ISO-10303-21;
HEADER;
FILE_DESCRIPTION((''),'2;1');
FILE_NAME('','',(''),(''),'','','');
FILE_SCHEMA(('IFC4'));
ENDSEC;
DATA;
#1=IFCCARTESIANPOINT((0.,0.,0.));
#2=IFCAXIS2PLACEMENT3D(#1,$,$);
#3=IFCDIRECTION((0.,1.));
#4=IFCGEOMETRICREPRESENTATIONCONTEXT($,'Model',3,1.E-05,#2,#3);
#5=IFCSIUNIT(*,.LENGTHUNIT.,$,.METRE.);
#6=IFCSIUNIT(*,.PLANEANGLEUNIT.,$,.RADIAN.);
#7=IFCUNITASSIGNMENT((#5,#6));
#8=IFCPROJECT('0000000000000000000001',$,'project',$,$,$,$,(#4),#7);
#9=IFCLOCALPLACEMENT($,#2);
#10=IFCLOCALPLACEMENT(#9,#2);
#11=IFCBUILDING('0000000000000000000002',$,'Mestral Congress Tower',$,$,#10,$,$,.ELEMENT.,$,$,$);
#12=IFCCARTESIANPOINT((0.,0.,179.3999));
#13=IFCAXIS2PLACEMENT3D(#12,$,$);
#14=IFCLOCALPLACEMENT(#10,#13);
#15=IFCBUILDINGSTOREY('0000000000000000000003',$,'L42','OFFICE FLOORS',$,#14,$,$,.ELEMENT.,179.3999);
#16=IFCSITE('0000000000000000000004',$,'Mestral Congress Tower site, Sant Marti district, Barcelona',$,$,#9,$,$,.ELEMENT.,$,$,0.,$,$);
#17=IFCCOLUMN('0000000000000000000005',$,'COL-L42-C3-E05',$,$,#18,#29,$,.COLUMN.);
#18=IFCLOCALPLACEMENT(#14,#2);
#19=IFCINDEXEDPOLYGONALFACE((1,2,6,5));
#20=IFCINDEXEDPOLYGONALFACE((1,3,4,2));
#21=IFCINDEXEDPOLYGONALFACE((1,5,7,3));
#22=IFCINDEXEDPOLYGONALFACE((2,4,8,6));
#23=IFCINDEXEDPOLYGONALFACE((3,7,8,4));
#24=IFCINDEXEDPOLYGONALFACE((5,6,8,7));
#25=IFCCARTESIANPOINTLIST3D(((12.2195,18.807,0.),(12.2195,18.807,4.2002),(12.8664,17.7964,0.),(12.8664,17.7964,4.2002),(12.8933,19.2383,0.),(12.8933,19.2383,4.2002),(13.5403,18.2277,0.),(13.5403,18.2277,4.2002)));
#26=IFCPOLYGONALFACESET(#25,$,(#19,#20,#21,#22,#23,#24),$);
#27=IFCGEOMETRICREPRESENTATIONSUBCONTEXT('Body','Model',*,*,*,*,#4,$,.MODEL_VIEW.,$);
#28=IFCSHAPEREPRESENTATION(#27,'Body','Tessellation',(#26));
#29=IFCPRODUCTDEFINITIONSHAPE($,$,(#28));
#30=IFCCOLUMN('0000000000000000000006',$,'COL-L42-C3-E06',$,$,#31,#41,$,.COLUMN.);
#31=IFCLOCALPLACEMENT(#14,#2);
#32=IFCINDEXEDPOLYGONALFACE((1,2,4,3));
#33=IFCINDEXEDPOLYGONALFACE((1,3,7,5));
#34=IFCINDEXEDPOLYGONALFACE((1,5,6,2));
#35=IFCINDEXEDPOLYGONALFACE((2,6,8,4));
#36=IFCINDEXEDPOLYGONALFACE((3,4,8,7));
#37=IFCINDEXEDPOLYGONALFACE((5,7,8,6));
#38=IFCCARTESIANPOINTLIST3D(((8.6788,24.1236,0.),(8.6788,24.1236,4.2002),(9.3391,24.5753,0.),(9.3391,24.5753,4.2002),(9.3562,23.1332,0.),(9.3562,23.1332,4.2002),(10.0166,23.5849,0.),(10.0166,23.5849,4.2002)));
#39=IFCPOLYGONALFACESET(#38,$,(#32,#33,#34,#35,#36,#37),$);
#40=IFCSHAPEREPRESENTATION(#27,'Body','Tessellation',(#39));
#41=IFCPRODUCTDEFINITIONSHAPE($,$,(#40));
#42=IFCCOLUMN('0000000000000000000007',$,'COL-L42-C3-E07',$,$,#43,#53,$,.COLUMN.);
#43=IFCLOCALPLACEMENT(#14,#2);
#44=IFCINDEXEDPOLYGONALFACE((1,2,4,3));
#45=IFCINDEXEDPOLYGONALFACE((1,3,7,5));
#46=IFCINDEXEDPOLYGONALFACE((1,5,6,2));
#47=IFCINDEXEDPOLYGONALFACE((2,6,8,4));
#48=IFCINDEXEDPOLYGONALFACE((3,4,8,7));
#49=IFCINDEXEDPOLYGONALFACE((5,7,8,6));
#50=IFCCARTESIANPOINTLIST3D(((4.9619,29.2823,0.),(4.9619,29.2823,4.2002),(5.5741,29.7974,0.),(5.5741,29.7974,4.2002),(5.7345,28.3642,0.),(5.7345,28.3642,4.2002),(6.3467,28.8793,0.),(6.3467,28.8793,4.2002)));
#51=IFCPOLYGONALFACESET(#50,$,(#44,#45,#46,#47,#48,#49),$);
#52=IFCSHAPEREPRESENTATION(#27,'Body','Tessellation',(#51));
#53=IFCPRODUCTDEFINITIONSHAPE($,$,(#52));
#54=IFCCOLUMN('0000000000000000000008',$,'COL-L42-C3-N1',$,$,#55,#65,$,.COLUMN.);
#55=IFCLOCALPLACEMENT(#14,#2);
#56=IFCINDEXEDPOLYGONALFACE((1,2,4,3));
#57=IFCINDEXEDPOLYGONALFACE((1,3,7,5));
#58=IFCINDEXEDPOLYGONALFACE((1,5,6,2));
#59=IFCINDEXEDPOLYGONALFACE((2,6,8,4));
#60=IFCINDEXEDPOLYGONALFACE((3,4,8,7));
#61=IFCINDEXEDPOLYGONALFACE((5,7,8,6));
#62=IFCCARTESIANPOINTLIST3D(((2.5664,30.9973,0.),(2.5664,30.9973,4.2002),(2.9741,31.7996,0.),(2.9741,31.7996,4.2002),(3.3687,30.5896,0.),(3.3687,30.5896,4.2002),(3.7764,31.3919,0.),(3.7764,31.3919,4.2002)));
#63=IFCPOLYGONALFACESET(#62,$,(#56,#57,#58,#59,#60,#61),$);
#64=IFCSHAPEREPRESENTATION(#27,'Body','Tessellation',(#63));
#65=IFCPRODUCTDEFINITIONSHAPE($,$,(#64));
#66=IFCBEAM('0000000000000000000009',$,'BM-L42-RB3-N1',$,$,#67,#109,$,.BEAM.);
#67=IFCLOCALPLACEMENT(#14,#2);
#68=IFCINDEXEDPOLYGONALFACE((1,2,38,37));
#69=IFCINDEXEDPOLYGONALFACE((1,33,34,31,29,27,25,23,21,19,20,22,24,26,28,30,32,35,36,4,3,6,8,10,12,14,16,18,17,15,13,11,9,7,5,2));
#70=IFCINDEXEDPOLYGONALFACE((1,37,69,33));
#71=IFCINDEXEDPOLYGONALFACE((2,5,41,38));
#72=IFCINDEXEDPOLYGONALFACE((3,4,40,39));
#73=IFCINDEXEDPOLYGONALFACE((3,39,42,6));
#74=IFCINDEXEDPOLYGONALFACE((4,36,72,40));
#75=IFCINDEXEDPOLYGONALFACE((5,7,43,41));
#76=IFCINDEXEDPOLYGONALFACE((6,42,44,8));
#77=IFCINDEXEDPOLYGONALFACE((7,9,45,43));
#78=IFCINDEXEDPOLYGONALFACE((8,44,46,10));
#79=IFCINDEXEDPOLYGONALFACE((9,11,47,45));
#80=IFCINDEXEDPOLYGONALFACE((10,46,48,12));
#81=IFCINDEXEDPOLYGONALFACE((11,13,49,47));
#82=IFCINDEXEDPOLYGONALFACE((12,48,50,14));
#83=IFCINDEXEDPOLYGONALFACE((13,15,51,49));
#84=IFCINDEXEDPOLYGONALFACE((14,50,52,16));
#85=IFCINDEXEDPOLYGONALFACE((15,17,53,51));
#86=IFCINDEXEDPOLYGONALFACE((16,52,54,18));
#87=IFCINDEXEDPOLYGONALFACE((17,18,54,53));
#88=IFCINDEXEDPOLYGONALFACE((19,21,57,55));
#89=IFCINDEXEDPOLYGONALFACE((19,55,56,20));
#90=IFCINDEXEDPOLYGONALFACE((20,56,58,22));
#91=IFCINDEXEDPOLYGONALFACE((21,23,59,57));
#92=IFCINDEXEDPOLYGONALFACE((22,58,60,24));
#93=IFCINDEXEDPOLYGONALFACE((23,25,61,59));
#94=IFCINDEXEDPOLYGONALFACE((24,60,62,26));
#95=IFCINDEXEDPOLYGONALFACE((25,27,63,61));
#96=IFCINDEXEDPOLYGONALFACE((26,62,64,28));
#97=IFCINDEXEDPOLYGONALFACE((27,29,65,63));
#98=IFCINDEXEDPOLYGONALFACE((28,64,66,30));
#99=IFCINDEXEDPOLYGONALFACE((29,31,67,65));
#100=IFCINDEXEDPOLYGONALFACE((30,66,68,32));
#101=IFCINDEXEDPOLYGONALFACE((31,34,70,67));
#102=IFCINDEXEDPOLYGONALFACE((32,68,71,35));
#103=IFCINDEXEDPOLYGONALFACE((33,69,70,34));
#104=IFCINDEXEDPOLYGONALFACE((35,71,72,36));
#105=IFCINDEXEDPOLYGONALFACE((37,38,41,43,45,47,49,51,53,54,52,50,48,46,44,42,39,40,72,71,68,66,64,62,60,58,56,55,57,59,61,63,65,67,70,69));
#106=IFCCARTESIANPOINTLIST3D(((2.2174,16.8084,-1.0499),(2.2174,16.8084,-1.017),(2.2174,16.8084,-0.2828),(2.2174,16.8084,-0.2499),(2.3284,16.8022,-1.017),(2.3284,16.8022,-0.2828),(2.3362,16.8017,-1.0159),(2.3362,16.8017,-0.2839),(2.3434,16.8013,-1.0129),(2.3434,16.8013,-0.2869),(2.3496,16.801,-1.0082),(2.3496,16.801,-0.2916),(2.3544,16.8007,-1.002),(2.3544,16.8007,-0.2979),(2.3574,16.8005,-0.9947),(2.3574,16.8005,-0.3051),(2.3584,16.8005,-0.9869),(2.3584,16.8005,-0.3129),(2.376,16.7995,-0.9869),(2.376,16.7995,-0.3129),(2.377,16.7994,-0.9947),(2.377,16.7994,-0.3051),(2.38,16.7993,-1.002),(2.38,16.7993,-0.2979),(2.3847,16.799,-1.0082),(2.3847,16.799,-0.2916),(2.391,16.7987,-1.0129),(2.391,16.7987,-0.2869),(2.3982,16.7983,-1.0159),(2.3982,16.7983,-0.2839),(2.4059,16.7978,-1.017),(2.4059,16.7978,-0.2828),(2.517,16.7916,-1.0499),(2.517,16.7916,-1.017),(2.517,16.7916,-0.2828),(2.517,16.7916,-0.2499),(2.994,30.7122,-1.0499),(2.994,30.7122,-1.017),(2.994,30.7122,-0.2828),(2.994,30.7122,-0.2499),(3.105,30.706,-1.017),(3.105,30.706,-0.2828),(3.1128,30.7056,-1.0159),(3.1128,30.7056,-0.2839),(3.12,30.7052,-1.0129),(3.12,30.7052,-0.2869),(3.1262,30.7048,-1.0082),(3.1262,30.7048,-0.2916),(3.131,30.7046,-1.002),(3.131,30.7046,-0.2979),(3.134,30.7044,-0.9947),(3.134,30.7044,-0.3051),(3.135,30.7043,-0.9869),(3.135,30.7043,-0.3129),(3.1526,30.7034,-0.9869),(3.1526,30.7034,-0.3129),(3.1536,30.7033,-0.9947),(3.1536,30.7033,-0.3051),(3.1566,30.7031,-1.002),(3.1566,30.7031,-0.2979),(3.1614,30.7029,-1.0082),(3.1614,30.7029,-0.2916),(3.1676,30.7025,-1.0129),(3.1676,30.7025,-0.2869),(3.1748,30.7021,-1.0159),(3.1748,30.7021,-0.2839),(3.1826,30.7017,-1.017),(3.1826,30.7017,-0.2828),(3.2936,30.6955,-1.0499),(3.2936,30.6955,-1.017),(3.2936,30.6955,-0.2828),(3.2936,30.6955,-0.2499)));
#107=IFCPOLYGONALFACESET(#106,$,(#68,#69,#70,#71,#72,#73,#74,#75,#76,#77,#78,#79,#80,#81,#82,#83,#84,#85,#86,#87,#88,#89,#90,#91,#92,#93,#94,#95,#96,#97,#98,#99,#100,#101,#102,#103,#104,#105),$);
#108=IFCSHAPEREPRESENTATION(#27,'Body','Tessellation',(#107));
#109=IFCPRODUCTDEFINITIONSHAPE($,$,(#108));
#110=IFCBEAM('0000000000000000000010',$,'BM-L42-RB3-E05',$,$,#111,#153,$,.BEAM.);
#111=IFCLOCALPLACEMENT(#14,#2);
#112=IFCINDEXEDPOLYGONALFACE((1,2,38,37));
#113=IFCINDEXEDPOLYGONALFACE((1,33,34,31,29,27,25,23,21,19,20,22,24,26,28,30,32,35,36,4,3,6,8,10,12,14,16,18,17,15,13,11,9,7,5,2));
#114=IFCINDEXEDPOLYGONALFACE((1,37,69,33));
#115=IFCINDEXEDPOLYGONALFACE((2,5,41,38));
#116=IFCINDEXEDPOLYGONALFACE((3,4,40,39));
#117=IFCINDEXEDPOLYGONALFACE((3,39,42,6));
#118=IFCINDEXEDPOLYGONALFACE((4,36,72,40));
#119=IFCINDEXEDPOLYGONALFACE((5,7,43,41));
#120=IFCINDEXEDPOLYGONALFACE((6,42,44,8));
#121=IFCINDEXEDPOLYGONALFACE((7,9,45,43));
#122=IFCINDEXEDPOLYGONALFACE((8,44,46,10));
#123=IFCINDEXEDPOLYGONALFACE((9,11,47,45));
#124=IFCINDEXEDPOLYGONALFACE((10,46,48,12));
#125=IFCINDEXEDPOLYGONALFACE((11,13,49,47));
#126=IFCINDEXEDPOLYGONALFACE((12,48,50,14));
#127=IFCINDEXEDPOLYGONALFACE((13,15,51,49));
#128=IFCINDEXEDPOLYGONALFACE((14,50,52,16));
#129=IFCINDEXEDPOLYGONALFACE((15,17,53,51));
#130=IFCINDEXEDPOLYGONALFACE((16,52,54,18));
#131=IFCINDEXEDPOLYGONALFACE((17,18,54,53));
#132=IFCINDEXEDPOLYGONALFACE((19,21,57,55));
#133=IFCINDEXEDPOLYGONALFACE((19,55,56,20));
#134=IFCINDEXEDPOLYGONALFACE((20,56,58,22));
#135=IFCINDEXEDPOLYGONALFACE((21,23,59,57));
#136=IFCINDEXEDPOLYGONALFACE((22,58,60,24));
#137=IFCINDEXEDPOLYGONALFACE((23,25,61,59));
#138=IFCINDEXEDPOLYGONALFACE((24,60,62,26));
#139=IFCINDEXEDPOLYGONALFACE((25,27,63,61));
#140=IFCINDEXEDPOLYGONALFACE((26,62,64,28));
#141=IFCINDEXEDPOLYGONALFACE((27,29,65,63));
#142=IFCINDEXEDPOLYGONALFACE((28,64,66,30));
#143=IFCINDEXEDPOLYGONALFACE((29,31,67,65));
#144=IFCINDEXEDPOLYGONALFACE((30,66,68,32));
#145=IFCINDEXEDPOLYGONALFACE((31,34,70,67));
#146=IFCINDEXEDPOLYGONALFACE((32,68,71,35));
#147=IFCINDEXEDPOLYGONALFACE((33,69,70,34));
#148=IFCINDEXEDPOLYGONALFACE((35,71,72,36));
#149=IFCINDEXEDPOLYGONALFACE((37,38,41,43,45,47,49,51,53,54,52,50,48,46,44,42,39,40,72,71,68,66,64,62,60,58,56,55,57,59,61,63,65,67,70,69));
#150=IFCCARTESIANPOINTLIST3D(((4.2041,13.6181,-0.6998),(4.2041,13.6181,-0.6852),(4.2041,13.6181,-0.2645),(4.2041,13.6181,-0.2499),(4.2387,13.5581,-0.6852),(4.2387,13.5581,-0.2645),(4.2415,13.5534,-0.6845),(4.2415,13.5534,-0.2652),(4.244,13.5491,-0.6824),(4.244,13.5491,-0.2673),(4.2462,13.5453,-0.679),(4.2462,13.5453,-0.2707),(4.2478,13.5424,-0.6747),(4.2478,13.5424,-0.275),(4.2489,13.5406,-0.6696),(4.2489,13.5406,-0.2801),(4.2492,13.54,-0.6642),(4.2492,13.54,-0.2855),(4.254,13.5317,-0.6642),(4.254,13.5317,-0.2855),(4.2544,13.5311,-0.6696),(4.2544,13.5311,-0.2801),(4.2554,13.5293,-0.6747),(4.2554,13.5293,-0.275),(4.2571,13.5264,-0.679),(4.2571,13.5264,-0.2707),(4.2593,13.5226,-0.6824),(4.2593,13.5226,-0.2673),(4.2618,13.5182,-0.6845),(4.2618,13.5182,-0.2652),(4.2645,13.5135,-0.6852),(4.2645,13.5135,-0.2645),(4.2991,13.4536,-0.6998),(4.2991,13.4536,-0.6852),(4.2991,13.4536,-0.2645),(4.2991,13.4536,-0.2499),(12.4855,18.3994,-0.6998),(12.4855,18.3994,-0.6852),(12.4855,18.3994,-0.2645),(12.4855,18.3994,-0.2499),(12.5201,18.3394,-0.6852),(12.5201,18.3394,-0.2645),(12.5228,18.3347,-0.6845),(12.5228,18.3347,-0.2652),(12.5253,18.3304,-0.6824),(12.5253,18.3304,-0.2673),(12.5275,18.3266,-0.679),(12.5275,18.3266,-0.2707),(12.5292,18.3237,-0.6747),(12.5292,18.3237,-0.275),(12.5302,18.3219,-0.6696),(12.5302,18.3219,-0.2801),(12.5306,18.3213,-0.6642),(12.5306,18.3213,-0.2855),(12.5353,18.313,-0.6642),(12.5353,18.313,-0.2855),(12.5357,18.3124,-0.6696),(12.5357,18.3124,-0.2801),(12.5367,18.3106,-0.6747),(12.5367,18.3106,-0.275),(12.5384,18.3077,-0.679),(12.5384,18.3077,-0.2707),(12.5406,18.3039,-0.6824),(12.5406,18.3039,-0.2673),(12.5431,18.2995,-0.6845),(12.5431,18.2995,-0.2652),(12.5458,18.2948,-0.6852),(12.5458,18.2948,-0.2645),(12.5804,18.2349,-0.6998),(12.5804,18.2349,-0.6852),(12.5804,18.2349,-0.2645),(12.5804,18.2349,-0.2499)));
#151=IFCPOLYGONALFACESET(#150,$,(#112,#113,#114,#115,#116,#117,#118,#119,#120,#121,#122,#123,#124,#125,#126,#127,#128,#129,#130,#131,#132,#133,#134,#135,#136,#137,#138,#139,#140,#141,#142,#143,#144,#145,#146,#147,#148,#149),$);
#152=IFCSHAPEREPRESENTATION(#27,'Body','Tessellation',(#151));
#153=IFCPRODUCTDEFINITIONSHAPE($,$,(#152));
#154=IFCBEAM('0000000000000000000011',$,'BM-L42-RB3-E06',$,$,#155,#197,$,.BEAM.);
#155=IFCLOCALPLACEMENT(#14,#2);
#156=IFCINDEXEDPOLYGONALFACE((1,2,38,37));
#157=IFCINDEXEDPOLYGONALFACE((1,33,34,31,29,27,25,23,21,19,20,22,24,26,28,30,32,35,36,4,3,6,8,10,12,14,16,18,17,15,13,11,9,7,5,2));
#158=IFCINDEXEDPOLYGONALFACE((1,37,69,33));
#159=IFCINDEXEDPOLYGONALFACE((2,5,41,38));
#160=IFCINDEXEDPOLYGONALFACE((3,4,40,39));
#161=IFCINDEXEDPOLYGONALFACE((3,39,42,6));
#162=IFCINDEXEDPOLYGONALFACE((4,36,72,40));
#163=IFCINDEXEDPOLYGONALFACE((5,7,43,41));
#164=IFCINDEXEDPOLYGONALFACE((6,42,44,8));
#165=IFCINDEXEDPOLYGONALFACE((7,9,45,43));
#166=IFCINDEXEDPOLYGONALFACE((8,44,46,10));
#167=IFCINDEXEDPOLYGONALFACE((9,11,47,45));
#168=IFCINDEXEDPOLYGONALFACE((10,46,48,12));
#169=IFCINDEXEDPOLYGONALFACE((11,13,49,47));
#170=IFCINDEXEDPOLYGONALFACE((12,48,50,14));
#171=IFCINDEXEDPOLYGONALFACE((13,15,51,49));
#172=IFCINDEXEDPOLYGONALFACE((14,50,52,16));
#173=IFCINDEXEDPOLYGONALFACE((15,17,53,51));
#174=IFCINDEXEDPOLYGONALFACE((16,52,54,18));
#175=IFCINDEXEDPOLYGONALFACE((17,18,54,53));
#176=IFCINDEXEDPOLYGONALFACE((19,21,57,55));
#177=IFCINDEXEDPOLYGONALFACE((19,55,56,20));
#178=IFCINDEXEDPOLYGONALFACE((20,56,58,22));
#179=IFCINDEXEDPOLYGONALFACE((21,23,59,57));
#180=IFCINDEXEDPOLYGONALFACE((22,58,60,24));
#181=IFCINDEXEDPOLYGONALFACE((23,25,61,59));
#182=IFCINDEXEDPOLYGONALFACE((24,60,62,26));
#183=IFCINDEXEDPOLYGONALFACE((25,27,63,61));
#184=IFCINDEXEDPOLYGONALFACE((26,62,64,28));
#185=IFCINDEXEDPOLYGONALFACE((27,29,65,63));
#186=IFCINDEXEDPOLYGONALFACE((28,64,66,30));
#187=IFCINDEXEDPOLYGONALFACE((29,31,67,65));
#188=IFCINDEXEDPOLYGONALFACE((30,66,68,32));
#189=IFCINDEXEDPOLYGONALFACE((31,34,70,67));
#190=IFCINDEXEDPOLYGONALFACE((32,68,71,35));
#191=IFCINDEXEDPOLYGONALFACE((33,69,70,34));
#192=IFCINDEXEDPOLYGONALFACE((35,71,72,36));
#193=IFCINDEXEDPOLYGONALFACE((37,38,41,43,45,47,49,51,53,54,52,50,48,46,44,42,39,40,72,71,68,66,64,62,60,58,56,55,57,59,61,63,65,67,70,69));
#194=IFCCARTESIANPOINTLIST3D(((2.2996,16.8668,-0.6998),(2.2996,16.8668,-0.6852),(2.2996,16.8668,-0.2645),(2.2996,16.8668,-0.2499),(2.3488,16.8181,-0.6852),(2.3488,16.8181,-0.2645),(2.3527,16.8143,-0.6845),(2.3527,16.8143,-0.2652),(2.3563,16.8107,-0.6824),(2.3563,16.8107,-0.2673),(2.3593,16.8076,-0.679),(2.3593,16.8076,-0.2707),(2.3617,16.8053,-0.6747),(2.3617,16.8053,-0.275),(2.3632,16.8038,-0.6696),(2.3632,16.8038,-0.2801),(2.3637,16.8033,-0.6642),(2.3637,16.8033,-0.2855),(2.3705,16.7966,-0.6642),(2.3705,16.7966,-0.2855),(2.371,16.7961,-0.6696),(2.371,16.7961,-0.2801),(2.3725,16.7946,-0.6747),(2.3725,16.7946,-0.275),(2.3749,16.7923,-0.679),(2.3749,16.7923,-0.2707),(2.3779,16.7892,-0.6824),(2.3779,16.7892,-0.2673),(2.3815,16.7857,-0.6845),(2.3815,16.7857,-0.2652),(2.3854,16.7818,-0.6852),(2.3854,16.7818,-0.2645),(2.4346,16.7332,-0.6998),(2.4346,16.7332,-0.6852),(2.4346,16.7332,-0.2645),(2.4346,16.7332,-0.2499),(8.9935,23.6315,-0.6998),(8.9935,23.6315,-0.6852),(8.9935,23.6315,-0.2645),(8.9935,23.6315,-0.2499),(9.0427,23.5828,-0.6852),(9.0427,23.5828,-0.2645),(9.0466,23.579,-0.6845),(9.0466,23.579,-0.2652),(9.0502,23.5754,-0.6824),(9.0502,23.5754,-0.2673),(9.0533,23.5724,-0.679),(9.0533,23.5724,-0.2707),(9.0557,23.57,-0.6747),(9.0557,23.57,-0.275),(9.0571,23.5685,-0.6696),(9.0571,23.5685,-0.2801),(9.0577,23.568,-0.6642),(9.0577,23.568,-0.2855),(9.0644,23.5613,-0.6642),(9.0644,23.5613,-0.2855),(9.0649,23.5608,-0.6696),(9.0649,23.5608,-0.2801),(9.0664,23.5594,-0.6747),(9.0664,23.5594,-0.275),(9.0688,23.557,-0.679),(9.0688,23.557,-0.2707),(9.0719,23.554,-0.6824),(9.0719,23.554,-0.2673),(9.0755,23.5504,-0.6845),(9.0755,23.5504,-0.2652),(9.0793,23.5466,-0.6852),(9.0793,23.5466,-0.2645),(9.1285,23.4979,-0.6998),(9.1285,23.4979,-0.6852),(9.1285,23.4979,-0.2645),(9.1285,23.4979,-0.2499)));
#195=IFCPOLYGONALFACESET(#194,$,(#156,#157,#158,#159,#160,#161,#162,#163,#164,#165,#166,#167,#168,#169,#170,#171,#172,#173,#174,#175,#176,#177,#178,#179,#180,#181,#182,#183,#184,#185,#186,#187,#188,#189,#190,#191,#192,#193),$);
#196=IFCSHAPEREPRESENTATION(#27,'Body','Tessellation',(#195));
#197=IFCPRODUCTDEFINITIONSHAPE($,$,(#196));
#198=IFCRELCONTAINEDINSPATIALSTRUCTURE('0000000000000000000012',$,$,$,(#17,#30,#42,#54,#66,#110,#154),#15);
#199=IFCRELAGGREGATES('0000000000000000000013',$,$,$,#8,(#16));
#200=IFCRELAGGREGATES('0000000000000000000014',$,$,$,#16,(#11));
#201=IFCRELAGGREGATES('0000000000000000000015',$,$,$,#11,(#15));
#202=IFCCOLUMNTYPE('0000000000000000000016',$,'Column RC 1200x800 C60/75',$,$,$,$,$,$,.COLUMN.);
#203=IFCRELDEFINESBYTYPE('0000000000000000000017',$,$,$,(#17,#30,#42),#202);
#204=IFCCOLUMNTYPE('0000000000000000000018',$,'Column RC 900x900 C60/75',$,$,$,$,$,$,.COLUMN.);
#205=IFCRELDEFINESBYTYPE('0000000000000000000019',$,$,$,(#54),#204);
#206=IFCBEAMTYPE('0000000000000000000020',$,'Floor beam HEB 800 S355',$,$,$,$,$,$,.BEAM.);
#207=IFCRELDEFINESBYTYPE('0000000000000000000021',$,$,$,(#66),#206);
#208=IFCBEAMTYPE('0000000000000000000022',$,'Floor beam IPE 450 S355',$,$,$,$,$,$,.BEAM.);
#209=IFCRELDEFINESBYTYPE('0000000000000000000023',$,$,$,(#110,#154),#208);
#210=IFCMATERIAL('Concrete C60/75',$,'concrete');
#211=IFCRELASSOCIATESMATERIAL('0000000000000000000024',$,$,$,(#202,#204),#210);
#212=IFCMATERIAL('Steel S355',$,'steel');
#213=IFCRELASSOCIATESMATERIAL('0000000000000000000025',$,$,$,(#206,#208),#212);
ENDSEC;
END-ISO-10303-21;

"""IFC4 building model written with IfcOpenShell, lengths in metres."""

from ifc_helpers import new_model, si_unit, direction, frame, origin, origin_2d, place, context, subcontext, project, spatial, rectangle, i_section, extrude, material, material_profile, profile_set, type_object, element, save


model = new_model("IFC4")

# Units and contexts
model_context = context("Model", 3, precision=1e-05, world=origin(), true_north=direction((0.0, 1.0)))
body_context = subcontext(model_context, "Body", "Model", "MODEL_VIEW")
ifc_project = project(units=[si_unit("LENGTHUNIT", "METRE"), si_unit("PLANEANGLEUNIT", "RADIAN")], contexts=[model_context])

# Site, building, storey
site_placement = place(None, origin())
site = spatial("IfcSite", under=ifc_project, at=site_placement, Name="Mestral Congress Tower site, Sant Marti district, Barcelona", CompositionType="ELEMENT", RefElevation=0.0)
building_placement = place(site_placement, origin())
building = spatial("IfcBuilding", under=site, at=building_placement, Name="Mestral Congress Tower", CompositionType="ELEMENT")
storey_placement = place(building_placement, frame((0.0, 0.0, 179.3999)))
storey = spatial("IfcBuildingStorey", under=building, at=storey_placement, Name="L42", Description="OFFICE FLOORS", CompositionType="ELEMENT", Elevation=179.3999)

# Columns
ifc_material_1 = material(Name="Concrete C60/75", Category="concrete")
ifc_material_profile_1 = material_profile(ifc_material_1, rectangle(XDim=1.2, YDim=0.8, at=origin_2d()), Name="RC 1200x800")
ifc_profile_set_1 = profile_set([ifc_material_profile_1], Name="Concrete C60/75")
column_type_1 = type_object("IfcColumnType", Name="Column RC 1200x800 C60/75", PredefinedType="COLUMN", material=ifc_profile_set_1)
for number, where, z_axis, x_axis, name in (
    (1, (12.8799, 18.5173, 0.0), (0.0, 0.0, 1.0), (-0.539115, 0.842232, 0.0), "COL-L42-C3-E05"),
    (2, (9.3477, 23.8542, 0.0), (0.0, 0.0, 1.0), (-0.564568, 0.825387, 0.0), "COL-L42-C3-E06"),
    (3, (5.6543, 29.0808, 0.0), (0.0, 0.0, 1.0), (-0.643827, 0.765171, 0.0), "COL-L42-C3-E07"),
):
    element("IfcColumn", number, at=place(storey_placement, frame(where, z_axis=z_axis, x_axis=x_axis)), inside=storey, type_object=column_type_1, Name=name, PredefinedType="COLUMN", context=body_context, shape_type="SweptSolid", body=[
        extrude(rectangle(XDim=1.2, YDim=0.8, at=origin_2d()), origin(), (0.0, 0.0, 1.0), 4.2002),
    ])
ifc_material_profile_2 = material_profile(ifc_material_1, rectangle(XDim=0.8999, YDim=0.8999, at=origin_2d()), Name="RC 900x900")
ifc_profile_set_2 = profile_set([ifc_material_profile_2], Name="Concrete C60/75")
column_type_2 = type_object("IfcColumnType", Name="Column RC 900x900 C60/75", PredefinedType="COLUMN", material=ifc_profile_set_2)
column_placement = place(storey_placement, frame((3.1714, 31.1946, 0.0), z_axis=(0.0, 0.0, 1.0), x_axis=(-0.891486, 0.453048, 0.0)))
element("IfcColumn", 4, at=column_placement, inside=storey, type_object=column_type_2, Name="COL-L42-C3-N1", PredefinedType="COLUMN", context=body_context, shape_type="SweptSolid", body=[
    extrude(rectangle(XDim=0.8999, YDim=0.8999, at=origin_2d()), origin(), (0.0, 0.0, 1.0), 4.2002),
])

# Beams
ifc_material_2 = material(Name="Steel S355", Category="steel")
ifc_material_profile_3 = material_profile(ifc_material_2, i_section(OverallWidth=0.3, OverallDepth=0.8, WebThickness=0.0176, FlangeThickness=0.033, FilletRadius=0.03, at=origin_2d()), Name="HEB 800")
ifc_profile_set_3 = profile_set([ifc_material_profile_3], Name="Steel S355")
beam_type_1 = type_object("IfcBeamType", Name="Floor beam HEB 800 S355", PredefinedType="BEAM", material=ifc_profile_set_3)
beam_1_placement = place(storey_placement, frame((3.1438, 30.7039, -0.6499), z_axis=(-0.055769, -0.998444, 0.0), x_axis=(0.998444, -0.055769, 0.0)))
element("IfcBeam", 5, at=beam_1_placement, inside=storey, type_object=beam_type_1, Name="BM-L42-RB3-N1", PredefinedType="BEAM", context=body_context, shape_type="SweptSolid", body=[
    extrude(i_section(OverallWidth=0.3, OverallDepth=0.8, WebThickness=0.0176, FlangeThickness=0.033, FilletRadius=0.03, at=origin_2d()), origin(), (0.0, 0.0, 1.0), 13.9255),
])
ifc_material_profile_4 = material_profile(ifc_material_2, i_section(OverallWidth=0.1899, OverallDepth=0.45, WebThickness=0.0095, FlangeThickness=0.0146, FilletRadius=0.021, at=origin_2d()), Name="IPE 450")
ifc_profile_set_4 = profile_set([ifc_material_profile_4], Name="Steel S355")
beam_type_2 = type_object("IfcBeamType", Name="Floor beam IPE 450 S355", PredefinedType="BEAM", material=ifc_profile_set_4)
beam_2_placement = place(storey_placement, frame((12.533, 18.3171, -0.4749), z_axis=(-0.866022, -0.500005, 0.0), x_axis=(0.500005, -0.866022, 0.0)))
element("IfcBeam", 6, at=beam_2_placement, inside=storey, type_object=beam_type_2, Name="BM-L42-RB3-E05", PredefinedType="BEAM", context=body_context, shape_type="SweptSolid", body=[
    extrude(i_section(OverallWidth=0.1899, OverallDepth=0.45, WebThickness=0.0095, FlangeThickness=0.0146, FilletRadius=0.021, at=origin_2d()), origin(), (0.0, 0.0, 1.0), 9.5625),
])
beam_3_placement = place(storey_placement, frame((9.061, 23.5647, -0.4749), z_axis=(-0.703377, -0.710817, 0.0), x_axis=(0.710817, -0.703377, 0.0)))
element("IfcBeam", 7, at=beam_3_placement, inside=storey, type_object=beam_type_2, Name="BM-L42-RB3-E06", PredefinedType="BEAM", context=body_context, shape_type="SweptSolid", body=[
    extrude(i_section(OverallWidth=0.1899, OverallDepth=0.45, WebThickness=0.0095, FlangeThickness=0.0146, FilletRadius=0.021, at=origin_2d()), origin(), (0.0, 0.0, 1.0), 9.5168),
])

save(model, "model.ifc")
